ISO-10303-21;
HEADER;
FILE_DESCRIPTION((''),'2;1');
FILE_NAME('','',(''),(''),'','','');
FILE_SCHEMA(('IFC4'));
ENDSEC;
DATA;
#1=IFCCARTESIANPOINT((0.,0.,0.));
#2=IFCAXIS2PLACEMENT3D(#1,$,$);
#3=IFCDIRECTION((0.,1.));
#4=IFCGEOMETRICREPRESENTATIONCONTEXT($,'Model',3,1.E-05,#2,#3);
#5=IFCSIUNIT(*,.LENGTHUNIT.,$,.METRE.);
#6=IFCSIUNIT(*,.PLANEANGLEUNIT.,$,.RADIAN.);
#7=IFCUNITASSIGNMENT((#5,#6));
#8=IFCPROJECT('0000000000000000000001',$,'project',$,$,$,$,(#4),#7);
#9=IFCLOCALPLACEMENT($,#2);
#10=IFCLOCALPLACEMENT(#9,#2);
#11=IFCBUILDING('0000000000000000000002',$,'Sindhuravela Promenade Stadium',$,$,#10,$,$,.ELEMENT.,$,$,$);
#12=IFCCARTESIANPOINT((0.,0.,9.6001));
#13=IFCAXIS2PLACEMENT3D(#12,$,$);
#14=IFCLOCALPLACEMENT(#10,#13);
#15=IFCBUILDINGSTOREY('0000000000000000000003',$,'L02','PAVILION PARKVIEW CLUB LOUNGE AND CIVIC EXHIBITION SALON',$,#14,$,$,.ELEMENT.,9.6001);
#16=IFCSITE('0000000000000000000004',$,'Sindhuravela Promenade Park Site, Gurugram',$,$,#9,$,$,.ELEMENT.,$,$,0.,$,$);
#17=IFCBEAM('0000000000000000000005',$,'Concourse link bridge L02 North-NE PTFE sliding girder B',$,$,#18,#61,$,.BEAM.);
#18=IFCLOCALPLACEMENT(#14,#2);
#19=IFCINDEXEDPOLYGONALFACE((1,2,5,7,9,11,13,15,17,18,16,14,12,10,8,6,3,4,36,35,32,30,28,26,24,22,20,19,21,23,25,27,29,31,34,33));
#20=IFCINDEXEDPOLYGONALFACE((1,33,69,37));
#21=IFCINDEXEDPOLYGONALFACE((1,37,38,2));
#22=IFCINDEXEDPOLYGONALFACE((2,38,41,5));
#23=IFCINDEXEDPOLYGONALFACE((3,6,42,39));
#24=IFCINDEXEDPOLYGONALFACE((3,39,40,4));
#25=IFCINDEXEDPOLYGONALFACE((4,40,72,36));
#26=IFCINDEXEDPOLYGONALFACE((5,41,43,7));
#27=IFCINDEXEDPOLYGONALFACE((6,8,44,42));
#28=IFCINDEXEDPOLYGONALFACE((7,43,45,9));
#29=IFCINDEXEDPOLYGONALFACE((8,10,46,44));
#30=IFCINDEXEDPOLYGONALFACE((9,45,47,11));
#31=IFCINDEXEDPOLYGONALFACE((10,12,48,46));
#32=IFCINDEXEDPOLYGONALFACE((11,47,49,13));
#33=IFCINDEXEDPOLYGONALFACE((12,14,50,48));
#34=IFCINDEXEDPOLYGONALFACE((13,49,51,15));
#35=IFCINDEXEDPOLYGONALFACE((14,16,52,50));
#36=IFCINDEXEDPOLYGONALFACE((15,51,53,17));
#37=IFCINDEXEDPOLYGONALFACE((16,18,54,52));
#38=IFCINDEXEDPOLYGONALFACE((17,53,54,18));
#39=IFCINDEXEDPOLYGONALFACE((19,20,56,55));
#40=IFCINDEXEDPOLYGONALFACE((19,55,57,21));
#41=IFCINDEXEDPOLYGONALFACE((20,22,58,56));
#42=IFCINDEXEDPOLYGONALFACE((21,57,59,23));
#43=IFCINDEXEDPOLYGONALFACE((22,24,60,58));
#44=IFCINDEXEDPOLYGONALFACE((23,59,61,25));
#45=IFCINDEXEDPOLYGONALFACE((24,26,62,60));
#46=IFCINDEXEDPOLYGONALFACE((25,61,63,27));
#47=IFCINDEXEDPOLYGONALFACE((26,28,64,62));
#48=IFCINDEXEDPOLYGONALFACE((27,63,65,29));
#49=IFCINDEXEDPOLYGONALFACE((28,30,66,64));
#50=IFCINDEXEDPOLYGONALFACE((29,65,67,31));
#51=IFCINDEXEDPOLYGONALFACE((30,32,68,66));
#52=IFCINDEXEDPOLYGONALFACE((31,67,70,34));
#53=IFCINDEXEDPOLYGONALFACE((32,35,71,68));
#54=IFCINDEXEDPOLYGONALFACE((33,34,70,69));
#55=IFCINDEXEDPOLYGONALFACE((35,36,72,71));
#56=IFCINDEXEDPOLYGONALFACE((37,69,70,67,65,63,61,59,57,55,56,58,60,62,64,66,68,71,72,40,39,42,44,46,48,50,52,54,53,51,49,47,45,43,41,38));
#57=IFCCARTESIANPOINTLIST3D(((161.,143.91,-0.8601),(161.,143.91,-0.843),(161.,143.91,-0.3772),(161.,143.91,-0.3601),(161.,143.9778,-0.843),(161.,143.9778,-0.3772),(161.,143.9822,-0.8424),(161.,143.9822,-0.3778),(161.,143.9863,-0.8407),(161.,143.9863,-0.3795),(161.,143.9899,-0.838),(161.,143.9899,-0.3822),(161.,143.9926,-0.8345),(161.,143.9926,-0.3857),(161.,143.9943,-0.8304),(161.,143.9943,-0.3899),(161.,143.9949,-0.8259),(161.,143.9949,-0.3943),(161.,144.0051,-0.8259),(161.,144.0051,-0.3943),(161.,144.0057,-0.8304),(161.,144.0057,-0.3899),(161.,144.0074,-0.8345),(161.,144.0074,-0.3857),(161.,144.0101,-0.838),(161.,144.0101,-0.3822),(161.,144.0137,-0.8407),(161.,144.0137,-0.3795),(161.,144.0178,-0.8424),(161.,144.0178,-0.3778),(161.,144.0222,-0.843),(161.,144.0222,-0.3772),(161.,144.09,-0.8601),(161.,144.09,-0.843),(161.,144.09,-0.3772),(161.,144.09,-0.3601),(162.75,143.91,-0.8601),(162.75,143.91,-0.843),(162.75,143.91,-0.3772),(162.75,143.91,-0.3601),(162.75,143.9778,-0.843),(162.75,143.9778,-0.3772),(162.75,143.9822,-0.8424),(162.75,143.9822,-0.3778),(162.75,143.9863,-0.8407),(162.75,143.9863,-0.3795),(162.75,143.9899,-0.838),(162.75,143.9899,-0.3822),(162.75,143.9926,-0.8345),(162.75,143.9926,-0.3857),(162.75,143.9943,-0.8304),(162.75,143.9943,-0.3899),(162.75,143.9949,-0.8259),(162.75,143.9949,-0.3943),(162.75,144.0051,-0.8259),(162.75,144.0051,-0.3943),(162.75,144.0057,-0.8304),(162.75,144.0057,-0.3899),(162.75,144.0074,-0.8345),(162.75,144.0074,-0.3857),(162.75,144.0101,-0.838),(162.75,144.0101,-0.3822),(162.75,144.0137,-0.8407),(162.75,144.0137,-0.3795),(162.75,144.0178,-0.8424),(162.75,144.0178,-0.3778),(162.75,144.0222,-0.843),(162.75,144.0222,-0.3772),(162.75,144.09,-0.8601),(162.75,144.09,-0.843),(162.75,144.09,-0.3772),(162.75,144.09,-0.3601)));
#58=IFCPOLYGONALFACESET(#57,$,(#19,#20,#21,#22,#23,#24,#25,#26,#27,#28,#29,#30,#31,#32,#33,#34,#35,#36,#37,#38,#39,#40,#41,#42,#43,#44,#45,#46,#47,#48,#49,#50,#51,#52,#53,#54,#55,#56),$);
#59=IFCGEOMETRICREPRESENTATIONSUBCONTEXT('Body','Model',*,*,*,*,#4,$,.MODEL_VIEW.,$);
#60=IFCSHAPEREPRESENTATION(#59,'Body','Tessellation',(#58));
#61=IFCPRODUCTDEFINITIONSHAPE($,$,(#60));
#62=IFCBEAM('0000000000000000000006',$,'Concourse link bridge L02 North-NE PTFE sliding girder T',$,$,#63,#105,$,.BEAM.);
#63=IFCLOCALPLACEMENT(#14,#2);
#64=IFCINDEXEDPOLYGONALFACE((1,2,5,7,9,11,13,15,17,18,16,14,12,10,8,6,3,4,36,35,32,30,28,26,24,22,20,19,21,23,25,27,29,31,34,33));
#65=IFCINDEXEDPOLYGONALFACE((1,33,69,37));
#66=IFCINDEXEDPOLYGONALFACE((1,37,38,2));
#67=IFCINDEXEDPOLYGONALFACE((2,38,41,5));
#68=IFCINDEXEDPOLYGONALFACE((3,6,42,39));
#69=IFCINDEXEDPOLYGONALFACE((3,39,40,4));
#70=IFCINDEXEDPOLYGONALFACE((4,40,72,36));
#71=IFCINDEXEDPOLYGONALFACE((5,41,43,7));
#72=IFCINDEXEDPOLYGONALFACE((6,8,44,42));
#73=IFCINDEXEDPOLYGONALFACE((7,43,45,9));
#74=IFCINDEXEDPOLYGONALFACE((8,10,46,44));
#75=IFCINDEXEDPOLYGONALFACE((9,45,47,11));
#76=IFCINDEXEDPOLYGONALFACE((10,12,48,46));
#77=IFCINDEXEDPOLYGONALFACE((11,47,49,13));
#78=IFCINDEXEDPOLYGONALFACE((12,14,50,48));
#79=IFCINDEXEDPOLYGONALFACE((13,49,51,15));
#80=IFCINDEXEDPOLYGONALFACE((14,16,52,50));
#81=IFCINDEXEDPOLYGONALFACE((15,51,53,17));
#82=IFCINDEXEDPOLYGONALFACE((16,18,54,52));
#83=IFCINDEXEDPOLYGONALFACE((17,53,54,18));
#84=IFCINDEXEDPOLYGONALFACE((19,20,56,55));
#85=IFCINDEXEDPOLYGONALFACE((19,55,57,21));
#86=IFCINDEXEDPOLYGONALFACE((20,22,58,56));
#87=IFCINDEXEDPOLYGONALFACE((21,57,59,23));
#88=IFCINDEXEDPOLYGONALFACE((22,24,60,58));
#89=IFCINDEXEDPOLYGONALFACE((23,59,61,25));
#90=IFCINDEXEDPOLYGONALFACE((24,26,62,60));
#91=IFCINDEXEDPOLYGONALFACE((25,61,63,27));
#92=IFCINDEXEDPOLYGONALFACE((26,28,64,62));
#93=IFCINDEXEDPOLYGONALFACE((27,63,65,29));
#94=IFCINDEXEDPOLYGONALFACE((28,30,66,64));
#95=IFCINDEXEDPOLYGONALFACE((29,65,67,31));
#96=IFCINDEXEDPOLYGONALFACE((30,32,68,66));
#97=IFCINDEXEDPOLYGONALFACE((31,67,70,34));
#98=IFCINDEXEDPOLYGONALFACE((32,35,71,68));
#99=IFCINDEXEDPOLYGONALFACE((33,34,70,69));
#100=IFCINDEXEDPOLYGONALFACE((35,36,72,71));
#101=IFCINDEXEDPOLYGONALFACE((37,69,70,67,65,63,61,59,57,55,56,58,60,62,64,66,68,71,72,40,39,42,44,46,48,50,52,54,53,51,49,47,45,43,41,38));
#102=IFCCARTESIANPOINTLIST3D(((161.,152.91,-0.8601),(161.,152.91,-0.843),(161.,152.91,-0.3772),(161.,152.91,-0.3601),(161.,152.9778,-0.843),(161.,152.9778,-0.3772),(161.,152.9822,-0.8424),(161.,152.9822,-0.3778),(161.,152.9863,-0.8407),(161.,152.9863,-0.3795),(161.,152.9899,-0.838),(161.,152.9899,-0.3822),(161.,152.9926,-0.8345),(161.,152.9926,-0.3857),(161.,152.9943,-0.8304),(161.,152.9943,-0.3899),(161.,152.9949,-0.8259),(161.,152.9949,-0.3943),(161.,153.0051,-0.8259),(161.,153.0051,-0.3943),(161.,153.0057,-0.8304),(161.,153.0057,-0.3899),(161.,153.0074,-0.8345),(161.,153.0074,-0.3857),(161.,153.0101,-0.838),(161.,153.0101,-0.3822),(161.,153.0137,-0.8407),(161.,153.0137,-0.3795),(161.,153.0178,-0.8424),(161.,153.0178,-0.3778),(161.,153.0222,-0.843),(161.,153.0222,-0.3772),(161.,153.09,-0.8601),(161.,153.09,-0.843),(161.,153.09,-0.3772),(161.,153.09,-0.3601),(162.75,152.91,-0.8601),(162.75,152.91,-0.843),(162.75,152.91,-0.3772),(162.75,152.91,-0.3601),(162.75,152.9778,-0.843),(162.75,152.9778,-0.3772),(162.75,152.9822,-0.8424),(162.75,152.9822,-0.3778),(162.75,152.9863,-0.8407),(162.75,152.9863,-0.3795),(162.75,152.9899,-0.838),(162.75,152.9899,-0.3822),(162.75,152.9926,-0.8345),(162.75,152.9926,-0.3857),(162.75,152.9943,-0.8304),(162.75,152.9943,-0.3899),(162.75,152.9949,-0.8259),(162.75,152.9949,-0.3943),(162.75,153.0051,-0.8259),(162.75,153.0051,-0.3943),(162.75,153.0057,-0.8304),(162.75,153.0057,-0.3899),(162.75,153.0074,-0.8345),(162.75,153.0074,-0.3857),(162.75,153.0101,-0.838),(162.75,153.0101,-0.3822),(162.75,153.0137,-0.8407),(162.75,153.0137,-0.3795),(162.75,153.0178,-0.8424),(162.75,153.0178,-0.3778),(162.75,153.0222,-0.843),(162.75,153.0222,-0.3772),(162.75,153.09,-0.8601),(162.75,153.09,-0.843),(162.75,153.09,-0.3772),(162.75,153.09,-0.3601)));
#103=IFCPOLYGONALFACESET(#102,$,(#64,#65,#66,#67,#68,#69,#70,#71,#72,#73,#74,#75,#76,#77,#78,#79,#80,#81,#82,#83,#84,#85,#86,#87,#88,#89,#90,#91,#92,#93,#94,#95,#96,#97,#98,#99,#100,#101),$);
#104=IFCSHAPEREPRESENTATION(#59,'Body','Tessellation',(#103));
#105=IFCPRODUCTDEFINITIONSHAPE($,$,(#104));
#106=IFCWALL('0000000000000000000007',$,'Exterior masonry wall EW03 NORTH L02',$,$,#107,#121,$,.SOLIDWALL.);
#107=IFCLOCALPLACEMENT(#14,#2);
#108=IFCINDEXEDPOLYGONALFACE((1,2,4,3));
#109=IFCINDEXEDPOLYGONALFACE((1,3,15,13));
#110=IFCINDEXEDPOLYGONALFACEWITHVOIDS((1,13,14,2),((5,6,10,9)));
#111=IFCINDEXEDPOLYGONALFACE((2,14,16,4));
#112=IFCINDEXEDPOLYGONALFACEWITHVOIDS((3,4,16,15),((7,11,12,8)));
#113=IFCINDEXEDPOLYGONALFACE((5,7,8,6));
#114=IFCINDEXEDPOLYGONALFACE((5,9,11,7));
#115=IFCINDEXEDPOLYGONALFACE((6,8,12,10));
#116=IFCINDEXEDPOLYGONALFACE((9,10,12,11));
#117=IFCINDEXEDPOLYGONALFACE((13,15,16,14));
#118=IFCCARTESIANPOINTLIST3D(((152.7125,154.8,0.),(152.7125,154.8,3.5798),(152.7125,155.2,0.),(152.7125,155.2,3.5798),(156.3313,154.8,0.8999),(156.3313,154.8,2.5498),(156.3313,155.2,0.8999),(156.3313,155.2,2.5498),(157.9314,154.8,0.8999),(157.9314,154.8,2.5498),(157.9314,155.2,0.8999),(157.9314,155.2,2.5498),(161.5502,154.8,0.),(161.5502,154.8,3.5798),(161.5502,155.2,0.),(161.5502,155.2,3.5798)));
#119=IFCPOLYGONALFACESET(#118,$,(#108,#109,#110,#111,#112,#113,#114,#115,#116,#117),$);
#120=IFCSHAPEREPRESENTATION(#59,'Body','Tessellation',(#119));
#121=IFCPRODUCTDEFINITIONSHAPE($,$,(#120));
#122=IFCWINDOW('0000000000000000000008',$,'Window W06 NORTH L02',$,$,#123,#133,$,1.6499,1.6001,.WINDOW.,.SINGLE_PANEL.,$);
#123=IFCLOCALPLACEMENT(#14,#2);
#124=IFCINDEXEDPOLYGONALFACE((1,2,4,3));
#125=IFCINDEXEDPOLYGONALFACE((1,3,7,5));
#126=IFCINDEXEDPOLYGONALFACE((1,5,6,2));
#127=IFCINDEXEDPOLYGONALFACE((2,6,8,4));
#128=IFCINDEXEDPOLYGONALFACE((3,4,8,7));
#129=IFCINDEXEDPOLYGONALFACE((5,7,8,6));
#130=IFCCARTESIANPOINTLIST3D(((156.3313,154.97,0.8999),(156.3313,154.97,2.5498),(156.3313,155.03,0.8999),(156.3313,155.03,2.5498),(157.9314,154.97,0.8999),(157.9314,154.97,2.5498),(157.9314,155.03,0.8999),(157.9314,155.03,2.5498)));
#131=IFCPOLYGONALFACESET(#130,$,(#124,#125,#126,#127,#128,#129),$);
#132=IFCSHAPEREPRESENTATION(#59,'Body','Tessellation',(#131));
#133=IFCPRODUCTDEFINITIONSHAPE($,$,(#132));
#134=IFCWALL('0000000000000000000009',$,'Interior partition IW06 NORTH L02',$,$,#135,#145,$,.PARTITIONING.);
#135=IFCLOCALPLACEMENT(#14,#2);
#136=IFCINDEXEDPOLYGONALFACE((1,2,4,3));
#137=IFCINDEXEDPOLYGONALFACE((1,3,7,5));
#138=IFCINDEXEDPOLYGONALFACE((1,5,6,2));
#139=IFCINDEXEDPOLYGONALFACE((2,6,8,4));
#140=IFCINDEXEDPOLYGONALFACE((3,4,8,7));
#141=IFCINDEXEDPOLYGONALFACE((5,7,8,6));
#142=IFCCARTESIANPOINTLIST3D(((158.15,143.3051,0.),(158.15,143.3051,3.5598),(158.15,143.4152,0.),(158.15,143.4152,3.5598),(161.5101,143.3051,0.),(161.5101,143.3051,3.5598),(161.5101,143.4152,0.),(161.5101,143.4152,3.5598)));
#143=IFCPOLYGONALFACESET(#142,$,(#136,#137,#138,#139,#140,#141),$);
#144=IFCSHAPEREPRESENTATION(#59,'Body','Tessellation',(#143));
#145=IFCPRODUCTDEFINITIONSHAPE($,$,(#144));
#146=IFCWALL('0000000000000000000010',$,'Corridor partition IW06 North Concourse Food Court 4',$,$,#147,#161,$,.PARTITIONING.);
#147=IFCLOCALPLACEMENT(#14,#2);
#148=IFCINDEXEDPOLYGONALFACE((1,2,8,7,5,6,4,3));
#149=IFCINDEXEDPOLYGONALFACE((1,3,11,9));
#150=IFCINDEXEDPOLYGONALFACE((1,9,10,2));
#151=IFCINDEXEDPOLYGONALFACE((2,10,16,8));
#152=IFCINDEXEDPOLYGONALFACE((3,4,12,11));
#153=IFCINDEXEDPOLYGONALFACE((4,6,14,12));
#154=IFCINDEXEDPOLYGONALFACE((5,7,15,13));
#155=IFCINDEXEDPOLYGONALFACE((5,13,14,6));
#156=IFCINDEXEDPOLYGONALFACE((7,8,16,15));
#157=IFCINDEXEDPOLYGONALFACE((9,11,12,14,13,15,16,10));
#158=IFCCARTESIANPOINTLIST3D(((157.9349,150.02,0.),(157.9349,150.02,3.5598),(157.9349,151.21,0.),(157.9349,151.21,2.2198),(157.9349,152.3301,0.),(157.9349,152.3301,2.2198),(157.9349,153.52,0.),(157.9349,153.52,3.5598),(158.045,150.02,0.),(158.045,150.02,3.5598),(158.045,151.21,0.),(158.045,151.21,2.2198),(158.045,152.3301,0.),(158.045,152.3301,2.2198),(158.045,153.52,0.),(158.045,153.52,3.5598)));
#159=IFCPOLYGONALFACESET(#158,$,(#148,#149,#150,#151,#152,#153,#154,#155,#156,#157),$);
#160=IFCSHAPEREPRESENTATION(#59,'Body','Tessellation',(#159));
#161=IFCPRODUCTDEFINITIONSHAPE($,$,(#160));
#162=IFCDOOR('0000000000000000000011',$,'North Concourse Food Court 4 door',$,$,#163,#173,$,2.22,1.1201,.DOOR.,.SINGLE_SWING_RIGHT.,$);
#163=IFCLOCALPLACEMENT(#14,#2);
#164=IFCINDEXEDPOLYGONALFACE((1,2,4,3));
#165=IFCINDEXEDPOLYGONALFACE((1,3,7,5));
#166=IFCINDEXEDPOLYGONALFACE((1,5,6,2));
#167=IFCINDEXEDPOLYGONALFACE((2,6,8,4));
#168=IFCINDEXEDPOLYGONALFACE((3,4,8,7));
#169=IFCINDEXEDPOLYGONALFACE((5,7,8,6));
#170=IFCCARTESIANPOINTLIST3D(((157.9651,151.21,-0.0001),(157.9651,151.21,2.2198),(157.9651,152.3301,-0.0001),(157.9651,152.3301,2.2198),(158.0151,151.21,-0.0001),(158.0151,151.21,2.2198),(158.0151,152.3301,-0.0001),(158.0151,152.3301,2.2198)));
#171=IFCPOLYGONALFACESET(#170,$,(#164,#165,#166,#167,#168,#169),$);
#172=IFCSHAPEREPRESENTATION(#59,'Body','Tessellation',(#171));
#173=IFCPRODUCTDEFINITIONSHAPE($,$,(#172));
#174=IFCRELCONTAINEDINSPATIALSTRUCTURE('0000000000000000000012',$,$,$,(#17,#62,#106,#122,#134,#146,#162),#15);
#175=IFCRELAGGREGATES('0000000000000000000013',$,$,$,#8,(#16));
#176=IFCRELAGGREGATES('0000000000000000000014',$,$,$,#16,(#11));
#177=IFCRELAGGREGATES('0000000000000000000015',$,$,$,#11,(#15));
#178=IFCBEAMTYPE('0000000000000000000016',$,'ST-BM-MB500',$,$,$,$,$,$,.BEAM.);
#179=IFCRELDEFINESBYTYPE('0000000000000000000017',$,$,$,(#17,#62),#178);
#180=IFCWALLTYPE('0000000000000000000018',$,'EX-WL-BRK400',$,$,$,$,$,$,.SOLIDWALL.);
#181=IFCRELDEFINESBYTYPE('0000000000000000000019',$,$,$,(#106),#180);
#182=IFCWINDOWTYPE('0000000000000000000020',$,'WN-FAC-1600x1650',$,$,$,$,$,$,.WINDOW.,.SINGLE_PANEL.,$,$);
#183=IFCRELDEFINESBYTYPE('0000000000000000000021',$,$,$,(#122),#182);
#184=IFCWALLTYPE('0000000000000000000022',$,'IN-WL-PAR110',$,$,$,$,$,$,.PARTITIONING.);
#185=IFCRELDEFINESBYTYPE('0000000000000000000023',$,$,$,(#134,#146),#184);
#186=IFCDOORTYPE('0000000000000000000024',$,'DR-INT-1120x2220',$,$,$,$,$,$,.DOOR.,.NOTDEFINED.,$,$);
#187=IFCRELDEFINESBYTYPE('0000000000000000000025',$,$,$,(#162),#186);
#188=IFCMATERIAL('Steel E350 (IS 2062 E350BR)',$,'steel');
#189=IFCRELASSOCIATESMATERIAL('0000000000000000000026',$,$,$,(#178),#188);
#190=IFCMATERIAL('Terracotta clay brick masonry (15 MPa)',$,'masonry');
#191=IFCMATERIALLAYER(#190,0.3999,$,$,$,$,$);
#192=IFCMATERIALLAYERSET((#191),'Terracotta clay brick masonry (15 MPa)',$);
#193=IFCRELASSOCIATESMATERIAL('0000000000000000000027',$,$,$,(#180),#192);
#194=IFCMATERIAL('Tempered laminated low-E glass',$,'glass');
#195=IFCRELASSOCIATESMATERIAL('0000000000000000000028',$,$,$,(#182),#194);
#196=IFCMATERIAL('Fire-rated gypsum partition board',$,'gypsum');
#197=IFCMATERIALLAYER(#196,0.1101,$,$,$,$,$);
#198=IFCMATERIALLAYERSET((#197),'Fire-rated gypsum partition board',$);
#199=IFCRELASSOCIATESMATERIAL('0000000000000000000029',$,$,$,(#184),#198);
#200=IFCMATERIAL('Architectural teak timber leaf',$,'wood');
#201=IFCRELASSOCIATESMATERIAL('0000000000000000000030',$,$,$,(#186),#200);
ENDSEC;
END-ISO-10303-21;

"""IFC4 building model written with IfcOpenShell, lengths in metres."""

from ifc_helpers import new_model, si_unit, direction, frame, frame_2d, origin, origin_2d, place, context, subcontext, project, spatial, rectangle, i_section, extrude, material, layer, layer_set, material_profile, profile_set, type_object, element, fill, save


model = new_model("IFC4")

# Units and contexts
model_context = context("Model", 3, precision=1e-05, world=origin(), true_north=direction((0.0, 1.0)))
body_context = subcontext(model_context, "Body", "Model", "MODEL_VIEW")
ifc_project = project(units=[si_unit("LENGTHUNIT", "METRE"), si_unit("PLANEANGLEUNIT", "RADIAN")], contexts=[model_context])

# Site, building, storey
site_placement = place(None, origin())
site = spatial("IfcSite", under=ifc_project, at=site_placement, Name="Sindhuravela Promenade Park Site, Gurugram", CompositionType="ELEMENT", RefElevation=0.0)
building_placement = place(site_placement, origin())
building = spatial("IfcBuilding", under=site, at=building_placement, Name="Sindhuravela Promenade Stadium", CompositionType="ELEMENT")
storey_placement = place(building_placement, frame((0.0, 0.0, 9.6001)))
storey = spatial("IfcBuildingStorey", under=building, at=storey_placement, Name="L02", Description="PAVILION PARKVIEW CLUB LOUNGE AND CIVIC EXHIBITION SALON", CompositionType="ELEMENT", Elevation=9.6001)

# Beams
ifc_material_1 = material(Name="Steel E350 (IS 2062 E350BR)", Category="steel")
ifc_material_profile_1 = material_profile(ifc_material_1, i_section(OverallWidth=0.1799, OverallDepth=0.5, WebThickness=0.0103, FlangeThickness=0.0171, FilletRadius=0.0171, at=origin_2d()), Name="ISMB 500")
ifc_profile_set_1 = profile_set([ifc_material_profile_1], Name="Steel E350 (IS 2062 E350BR)")
beam_type_1 = type_object("IfcBeamType", Name="ST-BM-MB500", PredefinedType="BEAM", material=ifc_profile_set_1)
for number, where, z_axis, x_axis, name in (
    (1, (161.0, 144.0, -0.6101), (1.0, 0.0, 0.0), (0.0, 1.0, 0.0), "Concourse link bridge L02 North-NE PTFE sliding girder B"),
    (2, (161.0, 153.0, -0.6101), (1.0, 0.0, 0.0), (0.0, 1.0, 0.0), "Concourse link bridge L02 North-NE PTFE sliding girder T"),
):
    element("IfcBeam", number, at=place(storey_placement, frame(where, z_axis=z_axis, x_axis=x_axis)), inside=storey, type_object=beam_type_1, Name=name, PredefinedType="BEAM", context=body_context, shape_type="SweptSolid", body=[
        extrude(i_section(OverallWidth=0.1799, OverallDepth=0.5, WebThickness=0.0103, FlangeThickness=0.0171, FilletRadius=0.0171, at=origin_2d()), origin(), (0.0, 0.0, 1.0), 1.75),
    ])

# Wall, opening, window
ifc_material_2 = material(Name="Terracotta clay brick masonry (15 MPa)", Category="masonry")
ifc_layer_1 = layer(ifc_material_2, 0.3999)
ifc_layer_set_1 = layer_set([ifc_layer_1], Name="Terracotta clay brick masonry (15 MPa)")
wall_type_1 = type_object("IfcWallType", Name="EX-WL-BRK400", PredefinedType="SOLIDWALL", material=ifc_layer_set_1)
wall_1_placement = place(storey_placement, frame((152.7124, 155.0, 0.0), z_axis=(0.0, 0.0, 1.0), x_axis=(1.0, 0.0, 0.0)))
wall_1 = element("IfcWall", 3, at=wall_1_placement, inside=storey, type_object=wall_type_1, Name="Exterior masonry wall EW03 NORTH L02", PredefinedType="SOLIDWALL", context=body_context, shape_type="SweptSolid", body=[
    extrude(rectangle(XDim=8.8376, YDim=0.3999, at=frame_2d((4.4189, 0.0))), origin(), (0.0, 0.0, 1.0), 3.5798),
])
opening_1_placement = place(wall_1_placement, frame((3.6189, 0.0, 0.8999)))
opening_1 = element("IfcOpeningElement", 4, at=opening_1_placement, cuts=wall_1, PredefinedType="OPENING", context=body_context, shape_type="SweptSolid", body=[
    extrude(rectangle(XDim=1.6001, YDim=1.6499, at=frame_2d((0.8, 0.825))), frame((0.0, 0.21, 0.0), z_axis=(0.0, -1.0, 0.0), x_axis=(1.0, 0.0, 0.0)), (0.0, 0.0, 1.0), 0.4199),
])
ifc_material_3 = material(Name="Tempered laminated low-E glass", Category="glass")
window_type = type_object("IfcWindowType", Name="WN-FAC-1600x1650", PartitioningType="SINGLE_PANEL", PredefinedType="WINDOW", material=ifc_material_3)
window_placement = place(opening_1_placement, origin())
window = element("IfcWindow", 5, at=window_placement, inside=storey, type_object=window_type, Name="Window W06 NORTH L02", OverallHeight=1.6499, OverallWidth=1.6001, PartitioningType="SINGLE_PANEL", PredefinedType="WINDOW", context=body_context, shape_type="SweptSolid", body=[
    extrude(rectangle(XDim=1.6001, YDim=1.6499, at=frame_2d((0.8, 0.825))), frame((0.0, 0.03, 0.0), z_axis=(0.0, -1.0, 0.0), x_axis=(1.0, 0.0, 0.0)), (0.0, 0.0, 1.0), 0.0601),
])
fill(opening_1, window)

# Wall
ifc_material_4 = material(Name="Fire-rated gypsum partition board", Category="gypsum")
ifc_layer_2 = layer(ifc_material_4, 0.1101)
ifc_layer_set_2 = layer_set([ifc_layer_2], Name="Fire-rated gypsum partition board")
wall_type_2 = type_object("IfcWallType", Name="IN-WL-PAR110", PredefinedType="PARTITIONING", material=ifc_layer_set_2)
wall_2_placement = place(storey_placement, frame((158.1499, 143.3601, 0.0), z_axis=(0.0, 0.0, 1.0), x_axis=(1.0, 0.0, 0.0)))
element("IfcWall", 6, at=wall_2_placement, inside=storey, type_object=wall_type_2, Name="Interior partition IW06 NORTH L02", PredefinedType="PARTITIONING", context=body_context, shape_type="SweptSolid", body=[
    extrude(rectangle(XDim=3.3601, YDim=0.1101, at=frame_2d((1.6802, 0.0))), origin(), (0.0, 0.0, 1.0), 3.5598),
])

# Wall, opening, door
wall_3_placement = place(storey_placement, frame((157.99, 150.02, 0.0), z_axis=(0.0, 0.0, 1.0), x_axis=(0.0, 1.0, 0.0)))
wall_3 = element("IfcWall", 7, at=wall_3_placement, inside=storey, type_object=wall_type_2, Name="Corridor partition IW06 North Concourse Food Court 4", PredefinedType="PARTITIONING", context=body_context, shape_type="SweptSolid", body=[
    extrude(rectangle(XDim=3.5, YDim=0.1101, at=frame_2d((1.75, 0.0))), origin(), (0.0, 0.0, 1.0), 3.5598),
])
opening_2_placement = place(wall_3_placement, frame((1.1899, 0.0, 0.0)))
opening_2 = element("IfcOpeningElement", 8, at=opening_2_placement, cuts=wall_3, PredefinedType="OPENING", context=body_context, shape_type="SweptSolid", body=[
    extrude(rectangle(XDim=1.1201, YDim=2.22, at=frame_2d((0.5601, 1.1099))), frame((0.0, 0.0649, 0.0), z_axis=(0.0, -1.0, 0.0), x_axis=(1.0, 0.0, 0.0)), (0.0, 0.0, 1.0), 0.1301),
])
ifc_material_5 = material(Name="Architectural teak timber leaf", Category="wood")
door_type = type_object("IfcDoorType", Name="DR-INT-1120x2220", OperationType="NOTDEFINED", PredefinedType="DOOR", material=ifc_material_5)
door_placement = place(opening_2_placement, origin())
door = element("IfcDoor", 9, at=door_placement, inside=storey, type_object=door_type, Name="North Concourse Food Court 4 door", OperationType="SINGLE_SWING_RIGHT", OverallHeight=2.22, OverallWidth=1.1201, PredefinedType="DOOR", context=body_context, shape_type="SweptSolid", body=[
    extrude(rectangle(XDim=1.1201, YDim=2.22, at=frame_2d((0.5601, 1.1099))), frame((0.0, 0.0249, 0.0), z_axis=(0.0, -1.0, 0.0), x_axis=(1.0, 0.0, 0.0)), (0.0, 0.0, 1.0), 0.05),
])
fill(opening_2, door)

save(model, "model.ifc")
